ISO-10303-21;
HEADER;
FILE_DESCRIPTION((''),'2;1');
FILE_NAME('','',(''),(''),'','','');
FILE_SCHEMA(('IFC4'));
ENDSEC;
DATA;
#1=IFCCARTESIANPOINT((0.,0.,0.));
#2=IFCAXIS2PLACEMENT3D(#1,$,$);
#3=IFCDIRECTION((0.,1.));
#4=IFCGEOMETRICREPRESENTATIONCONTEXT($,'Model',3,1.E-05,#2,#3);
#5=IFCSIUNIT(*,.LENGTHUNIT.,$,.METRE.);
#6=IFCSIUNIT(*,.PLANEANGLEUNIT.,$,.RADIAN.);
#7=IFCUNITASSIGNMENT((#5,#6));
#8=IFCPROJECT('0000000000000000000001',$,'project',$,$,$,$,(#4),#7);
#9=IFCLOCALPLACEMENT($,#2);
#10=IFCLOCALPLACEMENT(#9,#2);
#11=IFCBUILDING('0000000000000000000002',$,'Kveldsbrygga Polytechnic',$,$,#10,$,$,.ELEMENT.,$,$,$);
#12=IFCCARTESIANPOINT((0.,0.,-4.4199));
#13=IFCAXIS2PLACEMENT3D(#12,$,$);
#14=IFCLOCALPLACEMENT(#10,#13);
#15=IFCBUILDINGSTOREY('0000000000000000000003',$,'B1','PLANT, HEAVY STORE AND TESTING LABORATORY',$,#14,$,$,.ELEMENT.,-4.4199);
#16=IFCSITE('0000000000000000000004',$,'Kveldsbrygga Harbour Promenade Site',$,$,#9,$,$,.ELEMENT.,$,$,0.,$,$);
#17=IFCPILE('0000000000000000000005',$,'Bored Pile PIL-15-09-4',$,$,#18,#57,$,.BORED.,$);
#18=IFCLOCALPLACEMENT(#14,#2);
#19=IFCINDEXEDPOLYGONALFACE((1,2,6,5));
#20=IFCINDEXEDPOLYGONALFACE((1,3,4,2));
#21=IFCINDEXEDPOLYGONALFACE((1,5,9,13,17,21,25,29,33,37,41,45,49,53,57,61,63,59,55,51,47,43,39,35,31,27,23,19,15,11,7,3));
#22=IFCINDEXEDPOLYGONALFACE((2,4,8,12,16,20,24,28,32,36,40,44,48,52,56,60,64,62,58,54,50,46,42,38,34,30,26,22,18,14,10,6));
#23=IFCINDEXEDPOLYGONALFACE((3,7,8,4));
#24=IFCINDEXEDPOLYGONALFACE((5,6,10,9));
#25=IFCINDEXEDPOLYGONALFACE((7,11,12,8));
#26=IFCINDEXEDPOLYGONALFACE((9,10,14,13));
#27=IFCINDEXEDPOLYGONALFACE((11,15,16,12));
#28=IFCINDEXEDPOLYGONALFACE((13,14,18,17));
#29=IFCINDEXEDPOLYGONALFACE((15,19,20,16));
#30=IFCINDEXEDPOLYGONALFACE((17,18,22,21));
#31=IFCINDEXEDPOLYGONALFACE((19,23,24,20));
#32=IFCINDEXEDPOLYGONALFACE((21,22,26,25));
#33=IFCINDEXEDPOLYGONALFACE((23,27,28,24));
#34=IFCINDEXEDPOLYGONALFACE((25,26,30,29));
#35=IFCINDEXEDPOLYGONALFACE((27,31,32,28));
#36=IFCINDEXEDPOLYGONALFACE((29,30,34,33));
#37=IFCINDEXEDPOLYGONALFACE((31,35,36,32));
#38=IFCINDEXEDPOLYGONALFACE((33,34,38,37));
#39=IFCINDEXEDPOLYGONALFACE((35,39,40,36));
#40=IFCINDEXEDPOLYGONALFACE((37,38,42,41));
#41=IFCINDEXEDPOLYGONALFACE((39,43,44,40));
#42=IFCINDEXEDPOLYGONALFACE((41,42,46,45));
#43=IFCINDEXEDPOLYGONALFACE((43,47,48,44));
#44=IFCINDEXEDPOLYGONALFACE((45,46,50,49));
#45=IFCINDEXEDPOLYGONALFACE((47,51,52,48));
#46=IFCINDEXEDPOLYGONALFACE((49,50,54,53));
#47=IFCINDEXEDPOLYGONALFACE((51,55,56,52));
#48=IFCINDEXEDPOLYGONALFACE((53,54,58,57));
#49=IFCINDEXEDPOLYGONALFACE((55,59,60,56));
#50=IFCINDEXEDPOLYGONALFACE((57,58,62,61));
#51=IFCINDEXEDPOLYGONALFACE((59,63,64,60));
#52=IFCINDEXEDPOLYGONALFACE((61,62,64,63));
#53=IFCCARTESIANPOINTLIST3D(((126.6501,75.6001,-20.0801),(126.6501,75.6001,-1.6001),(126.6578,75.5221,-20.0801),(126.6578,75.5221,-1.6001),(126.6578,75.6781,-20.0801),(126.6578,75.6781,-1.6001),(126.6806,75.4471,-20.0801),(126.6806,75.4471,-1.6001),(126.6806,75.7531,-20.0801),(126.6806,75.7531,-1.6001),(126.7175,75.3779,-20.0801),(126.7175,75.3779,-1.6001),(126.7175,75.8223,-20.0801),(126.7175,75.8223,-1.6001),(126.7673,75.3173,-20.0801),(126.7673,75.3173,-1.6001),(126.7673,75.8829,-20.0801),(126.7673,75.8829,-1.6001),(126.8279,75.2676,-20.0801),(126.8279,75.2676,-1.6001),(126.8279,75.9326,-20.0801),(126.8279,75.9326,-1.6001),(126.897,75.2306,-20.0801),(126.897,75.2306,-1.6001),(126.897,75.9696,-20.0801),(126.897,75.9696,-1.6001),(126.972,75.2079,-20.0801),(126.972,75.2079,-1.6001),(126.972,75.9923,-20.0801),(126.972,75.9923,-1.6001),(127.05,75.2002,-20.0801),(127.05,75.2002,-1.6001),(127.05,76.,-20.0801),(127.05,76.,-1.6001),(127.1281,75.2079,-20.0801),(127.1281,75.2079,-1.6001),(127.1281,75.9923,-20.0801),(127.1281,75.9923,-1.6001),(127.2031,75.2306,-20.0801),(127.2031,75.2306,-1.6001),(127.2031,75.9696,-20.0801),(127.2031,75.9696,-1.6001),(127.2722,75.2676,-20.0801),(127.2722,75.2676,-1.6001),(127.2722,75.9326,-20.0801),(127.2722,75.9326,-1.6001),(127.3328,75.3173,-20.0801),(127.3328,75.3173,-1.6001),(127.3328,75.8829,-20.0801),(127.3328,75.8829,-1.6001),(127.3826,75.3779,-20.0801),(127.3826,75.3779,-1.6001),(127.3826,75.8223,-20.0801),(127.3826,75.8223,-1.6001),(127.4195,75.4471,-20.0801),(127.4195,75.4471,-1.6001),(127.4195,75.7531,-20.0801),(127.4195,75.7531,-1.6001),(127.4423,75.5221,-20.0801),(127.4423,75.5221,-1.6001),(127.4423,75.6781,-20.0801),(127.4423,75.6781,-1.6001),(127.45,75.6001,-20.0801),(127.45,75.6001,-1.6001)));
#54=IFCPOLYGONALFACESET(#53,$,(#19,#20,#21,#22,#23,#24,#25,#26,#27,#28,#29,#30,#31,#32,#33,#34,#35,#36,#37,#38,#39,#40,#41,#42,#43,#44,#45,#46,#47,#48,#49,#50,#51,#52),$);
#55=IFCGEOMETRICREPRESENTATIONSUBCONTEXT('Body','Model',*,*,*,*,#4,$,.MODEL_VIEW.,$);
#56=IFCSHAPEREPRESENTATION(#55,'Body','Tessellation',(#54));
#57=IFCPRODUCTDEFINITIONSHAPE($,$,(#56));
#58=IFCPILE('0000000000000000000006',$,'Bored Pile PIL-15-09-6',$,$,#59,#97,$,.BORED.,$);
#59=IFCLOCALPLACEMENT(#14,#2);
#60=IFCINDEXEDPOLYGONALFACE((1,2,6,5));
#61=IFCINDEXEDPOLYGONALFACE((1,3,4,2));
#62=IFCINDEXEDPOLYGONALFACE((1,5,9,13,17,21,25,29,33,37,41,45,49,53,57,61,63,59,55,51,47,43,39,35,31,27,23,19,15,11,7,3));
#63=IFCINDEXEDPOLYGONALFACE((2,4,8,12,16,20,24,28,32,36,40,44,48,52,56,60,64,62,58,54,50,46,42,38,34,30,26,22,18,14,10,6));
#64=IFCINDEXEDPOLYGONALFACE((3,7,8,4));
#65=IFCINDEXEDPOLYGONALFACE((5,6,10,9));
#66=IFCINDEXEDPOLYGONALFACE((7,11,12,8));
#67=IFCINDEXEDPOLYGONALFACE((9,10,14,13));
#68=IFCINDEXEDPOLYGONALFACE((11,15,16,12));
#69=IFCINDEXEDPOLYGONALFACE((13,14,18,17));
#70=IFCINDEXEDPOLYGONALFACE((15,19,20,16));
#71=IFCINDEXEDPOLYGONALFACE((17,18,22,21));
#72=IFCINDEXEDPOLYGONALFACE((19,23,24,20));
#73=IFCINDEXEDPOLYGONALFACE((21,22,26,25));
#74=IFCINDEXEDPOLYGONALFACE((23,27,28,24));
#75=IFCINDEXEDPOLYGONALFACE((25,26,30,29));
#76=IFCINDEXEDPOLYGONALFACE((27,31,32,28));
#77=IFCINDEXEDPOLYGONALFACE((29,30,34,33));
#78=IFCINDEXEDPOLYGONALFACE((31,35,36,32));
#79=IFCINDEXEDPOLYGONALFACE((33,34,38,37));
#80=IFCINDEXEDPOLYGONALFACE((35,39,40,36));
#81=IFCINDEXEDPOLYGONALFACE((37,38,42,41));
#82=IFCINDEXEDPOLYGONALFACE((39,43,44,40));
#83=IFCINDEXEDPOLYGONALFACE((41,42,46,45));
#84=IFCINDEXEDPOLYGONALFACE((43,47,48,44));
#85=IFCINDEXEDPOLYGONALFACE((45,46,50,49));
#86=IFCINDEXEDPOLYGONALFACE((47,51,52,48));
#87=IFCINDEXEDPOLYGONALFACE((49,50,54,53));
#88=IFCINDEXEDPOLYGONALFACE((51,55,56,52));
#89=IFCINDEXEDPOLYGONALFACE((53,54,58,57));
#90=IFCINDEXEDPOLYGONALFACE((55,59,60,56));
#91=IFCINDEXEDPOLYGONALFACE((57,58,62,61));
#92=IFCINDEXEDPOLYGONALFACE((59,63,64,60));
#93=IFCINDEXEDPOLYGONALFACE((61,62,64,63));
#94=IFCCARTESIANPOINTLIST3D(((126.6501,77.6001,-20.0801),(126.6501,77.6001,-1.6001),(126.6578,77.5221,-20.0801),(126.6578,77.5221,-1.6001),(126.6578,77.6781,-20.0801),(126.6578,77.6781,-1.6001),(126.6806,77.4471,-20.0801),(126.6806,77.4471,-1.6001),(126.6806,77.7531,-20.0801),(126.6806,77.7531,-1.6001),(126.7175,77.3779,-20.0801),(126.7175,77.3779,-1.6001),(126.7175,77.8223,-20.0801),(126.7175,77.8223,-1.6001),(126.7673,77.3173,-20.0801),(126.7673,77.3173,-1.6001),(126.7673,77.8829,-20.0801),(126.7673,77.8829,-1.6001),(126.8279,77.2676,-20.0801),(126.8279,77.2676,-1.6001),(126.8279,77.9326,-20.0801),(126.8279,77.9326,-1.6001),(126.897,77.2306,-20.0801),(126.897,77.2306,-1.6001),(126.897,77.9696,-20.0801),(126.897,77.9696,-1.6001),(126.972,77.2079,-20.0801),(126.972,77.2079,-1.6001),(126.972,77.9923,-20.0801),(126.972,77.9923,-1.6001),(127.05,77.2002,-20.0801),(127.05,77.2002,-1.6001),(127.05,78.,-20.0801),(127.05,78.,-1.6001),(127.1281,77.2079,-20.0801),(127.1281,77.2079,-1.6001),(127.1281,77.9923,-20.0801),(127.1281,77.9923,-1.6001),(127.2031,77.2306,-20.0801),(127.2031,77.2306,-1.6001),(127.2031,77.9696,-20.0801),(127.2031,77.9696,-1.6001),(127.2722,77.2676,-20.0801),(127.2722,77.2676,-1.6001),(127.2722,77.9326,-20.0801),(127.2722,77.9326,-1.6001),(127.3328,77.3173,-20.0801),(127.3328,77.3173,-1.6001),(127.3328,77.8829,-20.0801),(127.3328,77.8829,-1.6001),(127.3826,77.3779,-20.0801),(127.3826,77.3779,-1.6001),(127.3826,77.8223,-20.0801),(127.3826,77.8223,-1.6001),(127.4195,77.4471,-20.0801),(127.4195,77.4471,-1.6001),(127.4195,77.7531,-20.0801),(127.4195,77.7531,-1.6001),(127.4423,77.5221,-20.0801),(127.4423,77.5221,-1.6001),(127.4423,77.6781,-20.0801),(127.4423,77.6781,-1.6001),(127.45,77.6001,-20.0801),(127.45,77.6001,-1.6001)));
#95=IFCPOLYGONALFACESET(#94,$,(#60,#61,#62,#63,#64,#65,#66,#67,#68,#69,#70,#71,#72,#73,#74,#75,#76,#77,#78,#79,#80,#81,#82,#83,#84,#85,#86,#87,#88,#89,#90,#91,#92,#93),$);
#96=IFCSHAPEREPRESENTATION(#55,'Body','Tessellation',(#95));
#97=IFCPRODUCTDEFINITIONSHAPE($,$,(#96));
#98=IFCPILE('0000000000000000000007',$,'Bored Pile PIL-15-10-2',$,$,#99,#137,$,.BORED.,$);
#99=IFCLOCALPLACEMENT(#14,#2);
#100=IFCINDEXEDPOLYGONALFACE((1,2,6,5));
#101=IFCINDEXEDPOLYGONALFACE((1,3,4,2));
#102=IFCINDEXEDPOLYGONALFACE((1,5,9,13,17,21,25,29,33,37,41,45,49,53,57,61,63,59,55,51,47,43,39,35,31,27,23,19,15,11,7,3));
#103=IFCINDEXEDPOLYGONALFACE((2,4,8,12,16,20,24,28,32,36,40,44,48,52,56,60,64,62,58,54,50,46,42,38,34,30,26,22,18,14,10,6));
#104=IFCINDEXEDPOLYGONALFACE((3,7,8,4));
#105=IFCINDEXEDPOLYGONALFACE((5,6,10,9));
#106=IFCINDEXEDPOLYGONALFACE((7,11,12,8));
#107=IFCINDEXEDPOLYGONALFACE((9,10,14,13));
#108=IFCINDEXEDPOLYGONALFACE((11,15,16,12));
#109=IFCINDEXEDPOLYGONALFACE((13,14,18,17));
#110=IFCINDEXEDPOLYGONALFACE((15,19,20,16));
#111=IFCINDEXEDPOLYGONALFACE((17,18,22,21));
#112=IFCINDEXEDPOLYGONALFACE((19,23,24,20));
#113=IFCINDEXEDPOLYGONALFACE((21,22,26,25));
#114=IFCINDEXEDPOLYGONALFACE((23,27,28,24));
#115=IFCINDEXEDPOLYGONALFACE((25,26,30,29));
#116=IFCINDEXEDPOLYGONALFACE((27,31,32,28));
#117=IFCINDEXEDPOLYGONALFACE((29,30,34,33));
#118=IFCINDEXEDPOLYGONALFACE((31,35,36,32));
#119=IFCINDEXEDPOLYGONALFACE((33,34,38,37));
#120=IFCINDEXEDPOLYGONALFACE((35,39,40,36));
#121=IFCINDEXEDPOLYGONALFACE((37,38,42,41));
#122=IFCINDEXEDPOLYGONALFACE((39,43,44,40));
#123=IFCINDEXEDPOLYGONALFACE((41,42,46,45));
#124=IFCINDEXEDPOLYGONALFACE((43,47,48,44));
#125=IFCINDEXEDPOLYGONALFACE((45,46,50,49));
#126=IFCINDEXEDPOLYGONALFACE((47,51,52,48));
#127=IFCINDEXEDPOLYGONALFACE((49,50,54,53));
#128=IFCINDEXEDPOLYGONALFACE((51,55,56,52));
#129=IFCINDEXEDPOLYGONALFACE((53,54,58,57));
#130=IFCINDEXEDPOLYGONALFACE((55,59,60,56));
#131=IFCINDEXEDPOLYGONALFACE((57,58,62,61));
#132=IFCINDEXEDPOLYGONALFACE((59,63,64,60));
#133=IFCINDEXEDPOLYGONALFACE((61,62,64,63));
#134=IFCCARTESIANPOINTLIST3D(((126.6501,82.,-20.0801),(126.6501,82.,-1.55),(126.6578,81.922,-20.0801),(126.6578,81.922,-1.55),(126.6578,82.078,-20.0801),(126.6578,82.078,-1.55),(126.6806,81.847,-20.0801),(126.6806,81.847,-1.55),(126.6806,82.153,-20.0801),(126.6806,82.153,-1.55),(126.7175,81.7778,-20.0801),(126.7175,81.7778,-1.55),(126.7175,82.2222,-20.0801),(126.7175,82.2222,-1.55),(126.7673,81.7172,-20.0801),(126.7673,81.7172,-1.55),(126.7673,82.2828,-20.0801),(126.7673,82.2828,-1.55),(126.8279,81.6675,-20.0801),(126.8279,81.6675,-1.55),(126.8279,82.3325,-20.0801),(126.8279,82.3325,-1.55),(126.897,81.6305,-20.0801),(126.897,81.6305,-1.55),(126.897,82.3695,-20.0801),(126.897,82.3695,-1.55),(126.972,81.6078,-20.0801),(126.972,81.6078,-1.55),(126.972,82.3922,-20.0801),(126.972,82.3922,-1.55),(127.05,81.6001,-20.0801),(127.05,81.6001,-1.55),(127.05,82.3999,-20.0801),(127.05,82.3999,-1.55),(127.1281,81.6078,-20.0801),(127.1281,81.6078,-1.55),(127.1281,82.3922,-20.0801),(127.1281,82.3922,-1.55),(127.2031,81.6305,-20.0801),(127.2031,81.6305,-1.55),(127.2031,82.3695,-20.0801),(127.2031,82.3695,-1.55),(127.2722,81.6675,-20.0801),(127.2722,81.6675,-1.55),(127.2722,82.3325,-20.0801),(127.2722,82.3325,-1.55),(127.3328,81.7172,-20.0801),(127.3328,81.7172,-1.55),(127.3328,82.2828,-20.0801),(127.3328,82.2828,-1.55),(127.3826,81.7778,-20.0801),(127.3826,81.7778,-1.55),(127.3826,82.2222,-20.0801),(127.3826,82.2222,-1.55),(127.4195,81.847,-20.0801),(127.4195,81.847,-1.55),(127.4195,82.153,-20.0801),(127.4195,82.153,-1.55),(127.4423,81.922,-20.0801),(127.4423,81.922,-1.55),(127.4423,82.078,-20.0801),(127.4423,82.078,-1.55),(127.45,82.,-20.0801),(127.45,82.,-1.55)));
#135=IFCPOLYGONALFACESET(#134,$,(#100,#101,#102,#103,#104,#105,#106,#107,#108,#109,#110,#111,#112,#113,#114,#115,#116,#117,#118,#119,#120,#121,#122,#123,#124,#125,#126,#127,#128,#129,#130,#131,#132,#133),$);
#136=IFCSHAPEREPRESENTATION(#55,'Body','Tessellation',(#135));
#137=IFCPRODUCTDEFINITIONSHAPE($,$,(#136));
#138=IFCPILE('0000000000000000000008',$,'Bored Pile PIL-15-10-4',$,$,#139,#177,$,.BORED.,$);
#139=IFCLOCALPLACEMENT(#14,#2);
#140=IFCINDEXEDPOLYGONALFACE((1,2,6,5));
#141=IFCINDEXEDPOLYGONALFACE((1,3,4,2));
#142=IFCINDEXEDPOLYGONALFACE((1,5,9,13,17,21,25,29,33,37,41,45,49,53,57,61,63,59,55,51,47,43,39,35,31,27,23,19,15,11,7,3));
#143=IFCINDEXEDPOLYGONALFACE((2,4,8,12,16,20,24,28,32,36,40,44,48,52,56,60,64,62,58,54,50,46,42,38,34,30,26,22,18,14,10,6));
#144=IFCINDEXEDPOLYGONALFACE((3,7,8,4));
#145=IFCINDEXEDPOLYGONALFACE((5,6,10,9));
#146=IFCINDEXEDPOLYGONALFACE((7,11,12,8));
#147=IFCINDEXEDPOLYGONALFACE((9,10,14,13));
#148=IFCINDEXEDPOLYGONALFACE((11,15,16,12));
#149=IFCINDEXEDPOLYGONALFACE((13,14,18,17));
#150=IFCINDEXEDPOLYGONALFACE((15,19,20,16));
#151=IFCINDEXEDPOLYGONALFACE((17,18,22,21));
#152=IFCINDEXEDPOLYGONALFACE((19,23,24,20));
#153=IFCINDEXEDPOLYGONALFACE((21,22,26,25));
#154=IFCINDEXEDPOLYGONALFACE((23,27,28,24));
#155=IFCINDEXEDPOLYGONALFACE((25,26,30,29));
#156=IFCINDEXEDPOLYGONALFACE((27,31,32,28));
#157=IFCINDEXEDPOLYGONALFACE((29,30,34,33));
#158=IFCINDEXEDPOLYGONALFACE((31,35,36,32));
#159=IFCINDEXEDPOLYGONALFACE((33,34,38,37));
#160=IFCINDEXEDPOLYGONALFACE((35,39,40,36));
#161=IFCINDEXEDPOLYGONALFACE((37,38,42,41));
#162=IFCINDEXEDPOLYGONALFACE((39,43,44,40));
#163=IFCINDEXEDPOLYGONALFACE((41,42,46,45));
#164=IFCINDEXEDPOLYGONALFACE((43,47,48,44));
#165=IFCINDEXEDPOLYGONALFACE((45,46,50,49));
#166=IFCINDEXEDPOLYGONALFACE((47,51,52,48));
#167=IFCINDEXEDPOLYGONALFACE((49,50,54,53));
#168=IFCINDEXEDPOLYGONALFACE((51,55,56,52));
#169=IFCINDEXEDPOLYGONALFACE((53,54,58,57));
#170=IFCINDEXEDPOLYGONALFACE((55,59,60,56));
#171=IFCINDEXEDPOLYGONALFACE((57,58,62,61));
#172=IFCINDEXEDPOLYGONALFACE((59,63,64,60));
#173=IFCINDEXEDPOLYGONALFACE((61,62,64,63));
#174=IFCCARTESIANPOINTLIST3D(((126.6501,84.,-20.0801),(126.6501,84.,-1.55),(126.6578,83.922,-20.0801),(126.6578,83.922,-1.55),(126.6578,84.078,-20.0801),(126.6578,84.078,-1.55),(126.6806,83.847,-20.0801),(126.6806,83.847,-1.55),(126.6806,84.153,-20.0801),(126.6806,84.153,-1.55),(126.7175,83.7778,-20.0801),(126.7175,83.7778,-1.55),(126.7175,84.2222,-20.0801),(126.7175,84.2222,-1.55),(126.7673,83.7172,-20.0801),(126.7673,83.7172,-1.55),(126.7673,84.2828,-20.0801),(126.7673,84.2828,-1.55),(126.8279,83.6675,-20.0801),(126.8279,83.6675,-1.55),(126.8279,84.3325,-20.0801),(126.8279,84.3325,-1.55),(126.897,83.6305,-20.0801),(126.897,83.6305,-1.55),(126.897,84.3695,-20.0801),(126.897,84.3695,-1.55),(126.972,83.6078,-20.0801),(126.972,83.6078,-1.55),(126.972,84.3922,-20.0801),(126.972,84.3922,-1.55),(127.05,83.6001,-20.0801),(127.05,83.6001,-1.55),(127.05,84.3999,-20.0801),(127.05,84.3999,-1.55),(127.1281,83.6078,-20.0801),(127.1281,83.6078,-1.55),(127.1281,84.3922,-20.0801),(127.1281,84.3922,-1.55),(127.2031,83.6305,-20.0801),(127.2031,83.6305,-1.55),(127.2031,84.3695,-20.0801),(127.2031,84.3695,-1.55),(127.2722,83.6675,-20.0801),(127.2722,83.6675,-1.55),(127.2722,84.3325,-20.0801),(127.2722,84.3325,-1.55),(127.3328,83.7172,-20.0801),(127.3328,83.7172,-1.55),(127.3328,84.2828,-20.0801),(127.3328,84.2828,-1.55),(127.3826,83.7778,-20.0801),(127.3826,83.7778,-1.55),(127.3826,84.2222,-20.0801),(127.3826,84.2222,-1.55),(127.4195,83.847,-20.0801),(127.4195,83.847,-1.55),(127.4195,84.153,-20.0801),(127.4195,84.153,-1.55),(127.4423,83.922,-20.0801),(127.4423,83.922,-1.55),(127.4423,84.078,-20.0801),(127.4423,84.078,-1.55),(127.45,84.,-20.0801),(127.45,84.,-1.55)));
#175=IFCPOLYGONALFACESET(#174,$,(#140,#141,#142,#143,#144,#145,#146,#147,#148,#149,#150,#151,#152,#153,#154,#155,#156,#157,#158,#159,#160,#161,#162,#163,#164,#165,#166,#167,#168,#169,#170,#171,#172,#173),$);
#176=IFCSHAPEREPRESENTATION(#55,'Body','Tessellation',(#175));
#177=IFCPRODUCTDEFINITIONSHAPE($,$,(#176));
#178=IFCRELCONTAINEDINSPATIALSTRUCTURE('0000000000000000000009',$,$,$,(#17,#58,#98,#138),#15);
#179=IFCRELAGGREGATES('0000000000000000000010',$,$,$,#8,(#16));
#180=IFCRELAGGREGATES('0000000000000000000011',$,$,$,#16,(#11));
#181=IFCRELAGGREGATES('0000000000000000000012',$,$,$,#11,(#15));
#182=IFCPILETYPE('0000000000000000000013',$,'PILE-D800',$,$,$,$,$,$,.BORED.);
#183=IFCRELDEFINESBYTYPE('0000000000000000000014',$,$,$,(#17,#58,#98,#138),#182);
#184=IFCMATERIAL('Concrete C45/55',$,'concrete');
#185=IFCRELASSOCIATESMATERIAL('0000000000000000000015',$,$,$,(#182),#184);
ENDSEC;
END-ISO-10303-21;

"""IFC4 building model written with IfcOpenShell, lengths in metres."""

from ifc_helpers import new_model, si_unit, direction, frame, origin, origin_2d, place, context, subcontext, project, spatial, circle, extrude, material, material_profile, profile_set, type_object, element, save


model = new_model("IFC4")

# Units and contexts
model_context = context("Model", 3, precision=1e-05, world=origin(), true_north=direction((0.0, 1.0)))
body_context = subcontext(model_context, "Body", "Model", "MODEL_VIEW")
ifc_project = project(units=[si_unit("LENGTHUNIT", "METRE"), si_unit("PLANEANGLEUNIT", "RADIAN")], contexts=[model_context])

# Site, building, storey
site_placement = place(None, origin())
site = spatial("IfcSite", under=ifc_project, at=site_placement, Name="Kveldsbrygga Harbour Promenade Site", CompositionType="ELEMENT", RefElevation=0.0)
building_placement = place(site_placement, origin())
building = spatial("IfcBuilding", under=site, at=building_placement, Name="Kveldsbrygga Polytechnic", CompositionType="ELEMENT")
storey_placement = place(building_placement, frame((0.0, 0.0, -4.4199)))
storey = spatial("IfcBuildingStorey", under=building, at=storey_placement, Name="B1", Description="PLANT, HEAVY STORE AND TESTING LABORATORY", CompositionType="ELEMENT", Elevation=-4.4199)

# Piles
ifc_material_1 = material(Name="Concrete C45/55", Category="concrete")
ifc_material_profile_1 = material_profile(ifc_material_1, circle(Radius=0.3999, at=origin_2d()), Name="PILE D800")
ifc_profile_set_1 = profile_set([ifc_material_profile_1], Name="Concrete C45/55")
pile_type = type_object("IfcPileType", Name="PILE-D800", PredefinedType="BORED", material=ifc_profile_set_1)
for number, where, z_axis, x_axis, name in (
    (1, (127.05, 75.6001, -1.6001), (0.0, 0.0, -1.0), (1.0, 0.0, 0.0), "Bored Pile PIL-15-09-4"),
    (2, (127.05, 77.6001, -1.6001), (0.0, 0.0, -1.0), (1.0, 0.0, 0.0), "Bored Pile PIL-15-09-6"),
):
    element("IfcPile", number, at=place(storey_placement, frame(where, z_axis=z_axis, x_axis=x_axis)), inside=storey, type_object=pile_type, Name=name, PredefinedType="BORED", context=body_context, shape_type="SweptSolid", body=[
        extrude(circle(Radius=0.3999, at=origin_2d()), origin(), (0.0, 0.0, 1.0), 18.48),
    ])
for number, where, z_axis, x_axis, name in (
    (3, (127.05, 82.0, -1.55), (0.0, 0.0, -1.0), (1.0, 0.0, 0.0), "Bored Pile PIL-15-10-2"),
    (4, (127.05, 84.0, -1.55), (0.0, 0.0, -1.0), (1.0, 0.0, 0.0), "Bored Pile PIL-15-10-4"),
):
    element("IfcPile", number, at=place(storey_placement, frame(where, z_axis=z_axis, x_axis=x_axis)), inside=storey, type_object=pile_type, Name=name, PredefinedType="BORED", context=body_context, shape_type="SweptSolid", body=[
        extrude(circle(Radius=0.3999, at=origin_2d()), origin(), (0.0, 0.0, 1.0), 18.53),
    ])

save(model, "model.ifc")
